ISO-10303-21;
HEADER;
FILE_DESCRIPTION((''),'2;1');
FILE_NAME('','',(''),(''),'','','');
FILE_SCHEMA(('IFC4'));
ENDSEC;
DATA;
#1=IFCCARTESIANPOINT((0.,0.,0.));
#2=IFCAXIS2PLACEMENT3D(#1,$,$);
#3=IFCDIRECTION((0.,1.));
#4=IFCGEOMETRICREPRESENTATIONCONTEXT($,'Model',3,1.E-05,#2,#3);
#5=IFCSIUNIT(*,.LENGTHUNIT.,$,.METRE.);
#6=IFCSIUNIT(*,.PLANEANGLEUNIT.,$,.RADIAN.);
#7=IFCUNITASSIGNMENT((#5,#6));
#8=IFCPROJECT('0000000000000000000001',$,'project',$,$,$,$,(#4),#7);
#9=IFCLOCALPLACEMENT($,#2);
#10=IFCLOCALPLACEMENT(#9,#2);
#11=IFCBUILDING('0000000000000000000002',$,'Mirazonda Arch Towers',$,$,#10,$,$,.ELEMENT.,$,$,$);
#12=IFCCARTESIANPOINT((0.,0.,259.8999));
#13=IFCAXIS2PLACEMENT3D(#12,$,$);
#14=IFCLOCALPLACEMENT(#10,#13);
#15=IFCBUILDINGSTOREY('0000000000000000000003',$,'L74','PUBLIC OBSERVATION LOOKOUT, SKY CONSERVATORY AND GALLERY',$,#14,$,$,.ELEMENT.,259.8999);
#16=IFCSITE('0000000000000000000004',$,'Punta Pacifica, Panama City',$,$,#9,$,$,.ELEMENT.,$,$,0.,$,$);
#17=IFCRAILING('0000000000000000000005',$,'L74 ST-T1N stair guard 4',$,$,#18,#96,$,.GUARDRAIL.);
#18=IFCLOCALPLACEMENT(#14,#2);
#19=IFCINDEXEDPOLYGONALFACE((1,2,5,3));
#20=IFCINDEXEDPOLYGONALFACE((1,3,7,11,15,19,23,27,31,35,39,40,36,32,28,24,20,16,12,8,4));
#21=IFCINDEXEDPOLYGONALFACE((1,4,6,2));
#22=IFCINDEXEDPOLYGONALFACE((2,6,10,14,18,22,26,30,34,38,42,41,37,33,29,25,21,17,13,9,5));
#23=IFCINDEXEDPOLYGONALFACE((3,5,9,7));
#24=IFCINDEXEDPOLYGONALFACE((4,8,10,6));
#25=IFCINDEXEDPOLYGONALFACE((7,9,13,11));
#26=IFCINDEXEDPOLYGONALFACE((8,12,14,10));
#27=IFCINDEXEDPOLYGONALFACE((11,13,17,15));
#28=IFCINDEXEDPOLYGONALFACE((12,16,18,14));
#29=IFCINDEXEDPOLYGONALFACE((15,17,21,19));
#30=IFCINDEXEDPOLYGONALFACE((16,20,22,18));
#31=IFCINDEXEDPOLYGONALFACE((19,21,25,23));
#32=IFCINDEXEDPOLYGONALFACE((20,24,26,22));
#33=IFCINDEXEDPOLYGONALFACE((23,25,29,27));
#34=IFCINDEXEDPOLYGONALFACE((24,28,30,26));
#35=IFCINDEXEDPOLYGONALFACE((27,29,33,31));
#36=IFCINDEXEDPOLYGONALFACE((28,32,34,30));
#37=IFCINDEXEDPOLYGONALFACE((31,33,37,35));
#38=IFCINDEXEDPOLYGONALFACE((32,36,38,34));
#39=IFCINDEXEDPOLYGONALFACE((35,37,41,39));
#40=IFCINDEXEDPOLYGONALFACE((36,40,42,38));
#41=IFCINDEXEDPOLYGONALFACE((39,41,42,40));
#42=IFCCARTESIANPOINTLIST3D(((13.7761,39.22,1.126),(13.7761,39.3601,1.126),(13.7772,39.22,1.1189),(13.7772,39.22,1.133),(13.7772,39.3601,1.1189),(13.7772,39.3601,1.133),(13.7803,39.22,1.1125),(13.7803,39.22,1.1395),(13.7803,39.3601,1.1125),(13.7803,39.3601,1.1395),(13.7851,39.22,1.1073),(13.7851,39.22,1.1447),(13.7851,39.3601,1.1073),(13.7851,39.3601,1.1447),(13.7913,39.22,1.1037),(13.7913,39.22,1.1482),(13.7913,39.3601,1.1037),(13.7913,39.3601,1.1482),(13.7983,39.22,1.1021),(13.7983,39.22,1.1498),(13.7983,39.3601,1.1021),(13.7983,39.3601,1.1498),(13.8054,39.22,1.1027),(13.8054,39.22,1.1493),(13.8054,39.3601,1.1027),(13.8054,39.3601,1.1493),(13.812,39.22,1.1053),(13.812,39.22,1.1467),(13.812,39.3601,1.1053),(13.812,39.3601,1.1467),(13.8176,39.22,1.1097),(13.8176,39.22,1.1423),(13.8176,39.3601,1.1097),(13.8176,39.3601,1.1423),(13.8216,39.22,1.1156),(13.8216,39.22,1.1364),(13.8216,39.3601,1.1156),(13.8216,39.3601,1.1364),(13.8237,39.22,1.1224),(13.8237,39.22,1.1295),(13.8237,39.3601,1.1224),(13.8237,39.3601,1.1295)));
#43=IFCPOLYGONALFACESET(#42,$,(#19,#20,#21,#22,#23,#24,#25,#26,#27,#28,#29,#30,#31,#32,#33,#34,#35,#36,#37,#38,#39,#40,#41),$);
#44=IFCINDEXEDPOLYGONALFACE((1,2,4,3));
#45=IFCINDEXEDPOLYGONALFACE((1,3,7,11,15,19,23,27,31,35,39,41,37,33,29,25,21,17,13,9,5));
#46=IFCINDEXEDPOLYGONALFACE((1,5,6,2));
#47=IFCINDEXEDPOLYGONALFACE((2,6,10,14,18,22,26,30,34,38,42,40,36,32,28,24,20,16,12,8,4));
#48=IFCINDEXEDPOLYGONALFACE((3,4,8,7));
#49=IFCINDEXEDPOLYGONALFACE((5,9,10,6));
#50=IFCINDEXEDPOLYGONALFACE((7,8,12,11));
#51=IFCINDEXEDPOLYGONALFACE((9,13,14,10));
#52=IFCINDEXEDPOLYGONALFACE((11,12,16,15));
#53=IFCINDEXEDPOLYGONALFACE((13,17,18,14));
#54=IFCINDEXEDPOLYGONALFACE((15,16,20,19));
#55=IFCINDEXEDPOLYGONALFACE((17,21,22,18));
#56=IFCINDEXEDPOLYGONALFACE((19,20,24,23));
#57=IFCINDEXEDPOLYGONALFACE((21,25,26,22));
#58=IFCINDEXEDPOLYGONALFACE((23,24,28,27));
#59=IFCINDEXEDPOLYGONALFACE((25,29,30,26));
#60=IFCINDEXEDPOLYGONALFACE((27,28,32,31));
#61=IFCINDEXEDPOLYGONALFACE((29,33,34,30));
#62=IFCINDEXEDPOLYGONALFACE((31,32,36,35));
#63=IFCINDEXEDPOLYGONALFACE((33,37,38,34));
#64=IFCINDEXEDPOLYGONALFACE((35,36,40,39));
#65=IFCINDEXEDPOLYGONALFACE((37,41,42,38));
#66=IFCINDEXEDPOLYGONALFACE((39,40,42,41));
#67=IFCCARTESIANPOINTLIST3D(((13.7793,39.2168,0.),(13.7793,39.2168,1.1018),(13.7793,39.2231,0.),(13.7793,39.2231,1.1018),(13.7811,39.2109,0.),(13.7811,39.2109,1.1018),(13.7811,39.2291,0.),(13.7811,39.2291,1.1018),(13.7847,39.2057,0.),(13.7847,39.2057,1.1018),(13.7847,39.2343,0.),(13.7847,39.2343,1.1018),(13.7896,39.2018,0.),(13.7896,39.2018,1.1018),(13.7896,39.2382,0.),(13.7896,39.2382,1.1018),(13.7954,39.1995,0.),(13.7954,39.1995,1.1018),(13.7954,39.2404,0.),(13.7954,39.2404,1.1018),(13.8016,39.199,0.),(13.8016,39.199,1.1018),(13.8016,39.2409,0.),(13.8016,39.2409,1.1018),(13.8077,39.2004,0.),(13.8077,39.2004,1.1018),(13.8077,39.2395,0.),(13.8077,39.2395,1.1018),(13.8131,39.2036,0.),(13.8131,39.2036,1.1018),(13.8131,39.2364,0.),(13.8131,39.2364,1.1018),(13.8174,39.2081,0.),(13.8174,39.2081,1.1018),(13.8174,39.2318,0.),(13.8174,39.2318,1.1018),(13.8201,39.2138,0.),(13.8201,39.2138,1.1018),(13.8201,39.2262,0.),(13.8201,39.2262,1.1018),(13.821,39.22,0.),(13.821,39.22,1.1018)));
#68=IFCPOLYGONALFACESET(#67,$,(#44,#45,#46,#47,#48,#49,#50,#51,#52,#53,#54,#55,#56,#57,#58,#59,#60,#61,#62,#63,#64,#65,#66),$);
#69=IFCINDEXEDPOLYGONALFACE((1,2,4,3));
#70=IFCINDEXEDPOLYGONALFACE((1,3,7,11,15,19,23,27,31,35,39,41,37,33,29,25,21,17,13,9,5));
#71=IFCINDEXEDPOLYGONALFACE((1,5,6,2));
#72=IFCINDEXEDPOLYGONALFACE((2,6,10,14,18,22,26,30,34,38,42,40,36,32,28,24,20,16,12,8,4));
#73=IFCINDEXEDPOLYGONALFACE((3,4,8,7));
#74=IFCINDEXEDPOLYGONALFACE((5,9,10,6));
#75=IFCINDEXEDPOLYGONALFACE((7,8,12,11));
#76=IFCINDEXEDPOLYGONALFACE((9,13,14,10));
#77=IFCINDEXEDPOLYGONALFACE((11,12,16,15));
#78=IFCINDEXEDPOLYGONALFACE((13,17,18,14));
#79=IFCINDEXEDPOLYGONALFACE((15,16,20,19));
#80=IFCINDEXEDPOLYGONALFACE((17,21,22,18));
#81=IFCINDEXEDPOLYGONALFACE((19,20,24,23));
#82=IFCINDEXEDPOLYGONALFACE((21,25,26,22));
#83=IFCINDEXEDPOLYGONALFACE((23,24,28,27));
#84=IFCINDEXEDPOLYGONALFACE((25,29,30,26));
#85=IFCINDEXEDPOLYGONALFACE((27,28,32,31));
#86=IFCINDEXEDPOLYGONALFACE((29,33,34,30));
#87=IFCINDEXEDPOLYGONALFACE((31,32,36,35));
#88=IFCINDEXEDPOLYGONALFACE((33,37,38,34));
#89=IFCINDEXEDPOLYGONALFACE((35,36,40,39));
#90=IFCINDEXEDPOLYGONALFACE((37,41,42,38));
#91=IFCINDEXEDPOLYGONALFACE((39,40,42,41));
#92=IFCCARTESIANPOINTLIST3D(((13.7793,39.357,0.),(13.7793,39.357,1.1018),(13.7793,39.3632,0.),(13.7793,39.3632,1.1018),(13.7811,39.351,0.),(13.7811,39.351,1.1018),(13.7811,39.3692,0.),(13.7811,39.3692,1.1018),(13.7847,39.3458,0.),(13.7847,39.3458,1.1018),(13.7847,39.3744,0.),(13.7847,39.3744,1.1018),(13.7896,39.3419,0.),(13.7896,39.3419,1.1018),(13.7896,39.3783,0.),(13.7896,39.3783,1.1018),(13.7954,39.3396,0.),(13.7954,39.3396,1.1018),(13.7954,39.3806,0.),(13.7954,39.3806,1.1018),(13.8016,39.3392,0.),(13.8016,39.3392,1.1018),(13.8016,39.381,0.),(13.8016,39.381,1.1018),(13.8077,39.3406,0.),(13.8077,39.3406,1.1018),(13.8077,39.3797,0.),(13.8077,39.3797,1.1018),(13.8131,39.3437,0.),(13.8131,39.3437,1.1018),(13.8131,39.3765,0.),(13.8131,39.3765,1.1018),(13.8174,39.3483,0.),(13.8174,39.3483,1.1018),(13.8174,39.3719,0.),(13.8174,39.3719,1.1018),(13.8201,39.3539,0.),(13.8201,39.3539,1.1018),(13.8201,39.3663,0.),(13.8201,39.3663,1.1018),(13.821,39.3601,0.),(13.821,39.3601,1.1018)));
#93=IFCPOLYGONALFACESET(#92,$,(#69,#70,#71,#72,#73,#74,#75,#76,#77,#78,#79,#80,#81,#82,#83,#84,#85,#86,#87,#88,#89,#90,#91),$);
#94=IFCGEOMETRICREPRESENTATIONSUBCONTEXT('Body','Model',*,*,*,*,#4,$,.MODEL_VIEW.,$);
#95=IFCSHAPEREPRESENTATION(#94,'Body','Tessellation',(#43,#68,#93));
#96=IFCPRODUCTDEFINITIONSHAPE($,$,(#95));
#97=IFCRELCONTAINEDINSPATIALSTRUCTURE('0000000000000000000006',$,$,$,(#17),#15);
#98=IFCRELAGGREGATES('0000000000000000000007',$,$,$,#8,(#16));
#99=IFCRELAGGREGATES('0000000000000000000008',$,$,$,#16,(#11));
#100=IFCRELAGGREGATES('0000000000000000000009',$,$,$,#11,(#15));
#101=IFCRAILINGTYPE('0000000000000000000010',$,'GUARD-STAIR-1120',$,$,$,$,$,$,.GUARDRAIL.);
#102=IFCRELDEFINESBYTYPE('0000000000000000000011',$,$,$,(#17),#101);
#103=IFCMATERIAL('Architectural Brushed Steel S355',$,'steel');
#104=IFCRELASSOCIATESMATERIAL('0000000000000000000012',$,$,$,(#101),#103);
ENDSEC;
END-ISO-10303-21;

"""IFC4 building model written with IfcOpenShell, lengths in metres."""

from ifc_helpers import new_model, si_unit, direction, frame, origin, origin_2d, place, context, subcontext, project, spatial, circle, extrude, material, type_object, element, save


model = new_model("IFC4")

# Units and contexts
model_context = context("Model", 3, precision=1e-05, world=origin(), true_north=direction((0.0, 1.0)))
body_context = subcontext(model_context, "Body", "Model", "MODEL_VIEW")
ifc_project = project(units=[si_unit("LENGTHUNIT", "METRE"), si_unit("PLANEANGLEUNIT", "RADIAN")], contexts=[model_context])

# Site, building, storey
site_placement = place(None, origin())
site = spatial("IfcSite", under=ifc_project, at=site_placement, Name="Punta Pacifica, Panama City", CompositionType="ELEMENT", RefElevation=0.0)
building_placement = place(site_placement, origin())
building = spatial("IfcBuilding", under=site, at=building_placement, Name="Mirazonda Arch Towers", CompositionType="ELEMENT")
storey_placement = place(building_placement, frame((0.0, 0.0, 259.8999)))
storey = spatial("IfcBuildingStorey", under=building, at=storey_placement, Name="L74", Description="PUBLIC OBSERVATION LOOKOUT, SKY CONSERVATORY AND GALLERY", CompositionType="ELEMENT", Elevation=259.8999)

# Shared definitions
ifc_material_1 = material(Name="Architectural Brushed Steel S355", Category="steel")

# Railing
railing_type_1 = type_object("IfcRailingType", Name="GUARD-STAIR-1120", PredefinedType="GUARDRAIL", material=ifc_material_1)
railing_1_placement = place(storey_placement, frame((13.8, 39.22, 0.0)))
element("IfcRailing", 1, at=railing_1_placement, inside=storey, type_object=railing_type_1, Name="L74 ST-T1N stair guard 4", PredefinedType="GUARDRAIL", context=body_context, shape_type="SweptSolid", body=[
    extrude(circle(Radius=0.0239, at=origin_2d()), frame((0.0, 0.0, 1.126), z_axis=(0.0, 1.0, 0.0), x_axis=(-1.0, 0.0, 0.0)), (0.0, 0.0, 1.0), 0.1401),
    extrude(circle(Radius=0.021, at=origin_2d()), origin(), (0.0, 0.0, 1.0), 1.1018),
    extrude(circle(Radius=0.021, at=origin_2d()), frame((0.0, 0.1401, 0.0)), (0.0, 0.0, 1.0), 1.1018),
])

save(model, "model.ifc")
